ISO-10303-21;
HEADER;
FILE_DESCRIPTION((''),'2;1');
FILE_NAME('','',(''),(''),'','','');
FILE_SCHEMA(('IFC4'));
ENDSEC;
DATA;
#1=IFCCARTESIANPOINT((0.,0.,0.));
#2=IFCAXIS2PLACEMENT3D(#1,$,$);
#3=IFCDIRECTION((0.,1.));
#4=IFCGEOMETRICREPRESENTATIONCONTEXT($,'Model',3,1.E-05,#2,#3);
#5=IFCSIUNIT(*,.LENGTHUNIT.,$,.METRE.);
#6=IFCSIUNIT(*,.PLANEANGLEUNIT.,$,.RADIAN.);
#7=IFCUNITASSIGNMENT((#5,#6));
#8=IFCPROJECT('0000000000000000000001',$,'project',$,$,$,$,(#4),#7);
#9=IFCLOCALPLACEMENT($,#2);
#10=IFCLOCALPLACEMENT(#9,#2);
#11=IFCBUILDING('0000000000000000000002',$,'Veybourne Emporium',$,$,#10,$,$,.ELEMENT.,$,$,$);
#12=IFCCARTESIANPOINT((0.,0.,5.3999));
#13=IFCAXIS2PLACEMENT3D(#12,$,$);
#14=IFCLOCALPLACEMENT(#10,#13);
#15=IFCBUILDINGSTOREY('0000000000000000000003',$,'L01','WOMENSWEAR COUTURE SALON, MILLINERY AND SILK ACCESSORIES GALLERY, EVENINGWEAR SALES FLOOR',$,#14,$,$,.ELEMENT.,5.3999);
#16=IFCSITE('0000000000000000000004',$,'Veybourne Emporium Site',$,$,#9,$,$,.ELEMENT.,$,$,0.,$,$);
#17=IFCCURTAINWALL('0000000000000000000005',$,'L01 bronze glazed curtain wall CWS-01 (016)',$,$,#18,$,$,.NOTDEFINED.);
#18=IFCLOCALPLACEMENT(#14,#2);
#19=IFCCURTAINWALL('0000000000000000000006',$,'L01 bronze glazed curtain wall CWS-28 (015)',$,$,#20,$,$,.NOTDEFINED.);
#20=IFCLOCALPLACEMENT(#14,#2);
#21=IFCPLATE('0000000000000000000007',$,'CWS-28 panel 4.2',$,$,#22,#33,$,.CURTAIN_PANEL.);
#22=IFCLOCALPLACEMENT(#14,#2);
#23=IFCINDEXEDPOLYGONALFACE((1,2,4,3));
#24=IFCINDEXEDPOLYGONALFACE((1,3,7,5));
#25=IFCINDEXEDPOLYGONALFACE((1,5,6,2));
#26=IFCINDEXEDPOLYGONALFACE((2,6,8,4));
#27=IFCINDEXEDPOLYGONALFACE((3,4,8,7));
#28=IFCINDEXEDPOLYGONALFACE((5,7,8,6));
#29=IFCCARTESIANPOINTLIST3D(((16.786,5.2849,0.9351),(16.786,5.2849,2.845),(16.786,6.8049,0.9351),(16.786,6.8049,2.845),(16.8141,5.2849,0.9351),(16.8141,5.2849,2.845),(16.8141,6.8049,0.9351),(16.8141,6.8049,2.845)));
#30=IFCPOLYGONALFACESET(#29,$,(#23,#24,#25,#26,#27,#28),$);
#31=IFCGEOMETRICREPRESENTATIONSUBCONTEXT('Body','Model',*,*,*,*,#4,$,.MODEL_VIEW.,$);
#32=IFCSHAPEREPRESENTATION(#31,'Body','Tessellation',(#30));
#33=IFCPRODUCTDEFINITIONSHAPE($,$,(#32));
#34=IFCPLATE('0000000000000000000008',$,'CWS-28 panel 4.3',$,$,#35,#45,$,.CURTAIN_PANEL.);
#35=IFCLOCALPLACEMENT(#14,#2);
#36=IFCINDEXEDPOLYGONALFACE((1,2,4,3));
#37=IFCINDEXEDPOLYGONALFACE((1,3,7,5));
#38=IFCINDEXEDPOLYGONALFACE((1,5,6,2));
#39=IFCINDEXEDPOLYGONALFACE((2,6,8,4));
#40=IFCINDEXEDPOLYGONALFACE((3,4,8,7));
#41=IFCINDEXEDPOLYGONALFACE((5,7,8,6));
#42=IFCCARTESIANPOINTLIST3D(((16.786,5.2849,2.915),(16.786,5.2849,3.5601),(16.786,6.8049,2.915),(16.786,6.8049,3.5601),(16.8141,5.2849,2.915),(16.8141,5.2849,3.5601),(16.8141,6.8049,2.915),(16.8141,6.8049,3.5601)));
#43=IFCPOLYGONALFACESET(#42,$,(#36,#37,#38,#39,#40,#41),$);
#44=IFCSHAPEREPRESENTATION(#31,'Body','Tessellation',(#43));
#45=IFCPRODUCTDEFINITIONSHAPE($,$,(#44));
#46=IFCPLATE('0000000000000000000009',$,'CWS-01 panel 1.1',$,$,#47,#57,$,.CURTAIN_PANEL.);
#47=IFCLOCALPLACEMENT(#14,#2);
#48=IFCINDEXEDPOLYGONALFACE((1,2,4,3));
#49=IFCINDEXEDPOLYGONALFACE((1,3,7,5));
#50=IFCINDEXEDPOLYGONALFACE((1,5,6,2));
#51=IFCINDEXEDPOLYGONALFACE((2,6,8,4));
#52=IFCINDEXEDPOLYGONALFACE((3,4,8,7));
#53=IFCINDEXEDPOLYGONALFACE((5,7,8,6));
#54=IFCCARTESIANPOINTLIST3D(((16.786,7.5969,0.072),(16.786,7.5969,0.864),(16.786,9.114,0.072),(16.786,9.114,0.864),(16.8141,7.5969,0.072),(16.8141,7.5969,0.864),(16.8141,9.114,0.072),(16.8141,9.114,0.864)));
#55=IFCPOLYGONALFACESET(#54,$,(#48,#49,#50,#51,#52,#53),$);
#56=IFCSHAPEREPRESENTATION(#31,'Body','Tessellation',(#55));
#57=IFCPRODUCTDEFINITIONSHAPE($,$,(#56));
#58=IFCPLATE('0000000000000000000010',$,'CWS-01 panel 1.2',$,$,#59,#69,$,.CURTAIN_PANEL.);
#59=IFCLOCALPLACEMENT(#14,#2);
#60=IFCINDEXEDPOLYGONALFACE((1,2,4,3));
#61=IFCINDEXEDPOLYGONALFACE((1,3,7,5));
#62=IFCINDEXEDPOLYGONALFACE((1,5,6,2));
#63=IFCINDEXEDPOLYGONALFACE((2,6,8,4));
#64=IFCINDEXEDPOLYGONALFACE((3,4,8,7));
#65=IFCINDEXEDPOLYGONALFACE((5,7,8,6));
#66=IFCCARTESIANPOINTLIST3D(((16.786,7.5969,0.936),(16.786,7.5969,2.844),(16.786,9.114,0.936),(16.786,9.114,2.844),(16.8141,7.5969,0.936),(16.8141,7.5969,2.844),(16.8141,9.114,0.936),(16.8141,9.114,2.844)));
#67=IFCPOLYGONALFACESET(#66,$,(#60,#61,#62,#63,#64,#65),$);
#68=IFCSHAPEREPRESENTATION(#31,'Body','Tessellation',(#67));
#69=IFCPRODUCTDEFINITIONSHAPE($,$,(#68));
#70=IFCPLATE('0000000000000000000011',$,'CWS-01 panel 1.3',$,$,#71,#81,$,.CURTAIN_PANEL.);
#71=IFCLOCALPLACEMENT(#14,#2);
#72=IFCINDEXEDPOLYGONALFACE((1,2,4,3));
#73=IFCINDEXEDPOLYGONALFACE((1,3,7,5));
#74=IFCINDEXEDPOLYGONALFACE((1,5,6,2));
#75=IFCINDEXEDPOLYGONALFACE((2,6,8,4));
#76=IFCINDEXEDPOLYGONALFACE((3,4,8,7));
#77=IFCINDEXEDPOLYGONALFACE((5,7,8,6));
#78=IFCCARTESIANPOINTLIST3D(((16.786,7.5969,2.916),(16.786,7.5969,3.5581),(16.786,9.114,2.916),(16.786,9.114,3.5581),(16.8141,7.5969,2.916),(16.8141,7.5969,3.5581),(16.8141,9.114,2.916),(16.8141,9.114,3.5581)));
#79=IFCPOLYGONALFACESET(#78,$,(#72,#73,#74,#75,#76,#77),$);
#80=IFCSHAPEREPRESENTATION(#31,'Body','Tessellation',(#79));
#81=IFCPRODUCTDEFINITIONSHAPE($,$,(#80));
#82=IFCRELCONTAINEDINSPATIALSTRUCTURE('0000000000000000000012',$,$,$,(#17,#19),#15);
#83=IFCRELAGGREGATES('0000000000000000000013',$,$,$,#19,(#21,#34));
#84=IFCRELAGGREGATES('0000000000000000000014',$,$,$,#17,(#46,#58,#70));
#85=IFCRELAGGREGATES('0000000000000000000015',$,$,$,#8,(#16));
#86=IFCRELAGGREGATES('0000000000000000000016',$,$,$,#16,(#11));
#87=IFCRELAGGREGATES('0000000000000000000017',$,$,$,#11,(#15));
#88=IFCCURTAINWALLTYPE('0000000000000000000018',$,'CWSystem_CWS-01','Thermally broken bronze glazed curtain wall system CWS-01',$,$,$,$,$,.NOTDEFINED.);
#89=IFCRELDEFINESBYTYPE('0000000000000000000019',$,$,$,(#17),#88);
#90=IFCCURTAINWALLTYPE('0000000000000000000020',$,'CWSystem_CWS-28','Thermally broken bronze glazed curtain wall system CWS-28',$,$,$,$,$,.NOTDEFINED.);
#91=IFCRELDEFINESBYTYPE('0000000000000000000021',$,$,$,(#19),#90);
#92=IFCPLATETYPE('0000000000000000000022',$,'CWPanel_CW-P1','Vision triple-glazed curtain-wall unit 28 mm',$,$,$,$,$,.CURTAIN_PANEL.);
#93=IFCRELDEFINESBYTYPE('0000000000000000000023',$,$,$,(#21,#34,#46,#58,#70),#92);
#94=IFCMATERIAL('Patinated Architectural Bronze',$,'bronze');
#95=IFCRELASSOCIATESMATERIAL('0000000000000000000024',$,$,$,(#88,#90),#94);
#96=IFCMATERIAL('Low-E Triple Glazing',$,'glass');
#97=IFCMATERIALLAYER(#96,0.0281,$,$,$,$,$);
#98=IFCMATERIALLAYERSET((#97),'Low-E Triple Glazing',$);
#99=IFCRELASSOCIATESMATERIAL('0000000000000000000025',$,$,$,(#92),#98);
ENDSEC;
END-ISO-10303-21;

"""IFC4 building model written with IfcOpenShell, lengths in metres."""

from ifc_helpers import new_model, si_unit, direction, frame, origin, origin_2d, place, context, subcontext, project, spatial, rectangle, extrude, material, layer, layer_set, type_object, element, aggregate, save


model = new_model("IFC4")

# Units and contexts
model_context = context("Model", 3, precision=1e-05, world=origin(), true_north=direction((0.0, 1.0)))
body_context = subcontext(model_context, "Body", "Model", "MODEL_VIEW")
ifc_project = project(units=[si_unit("LENGTHUNIT", "METRE"), si_unit("PLANEANGLEUNIT", "RADIAN")], contexts=[model_context])

# Site, building, storey
site_placement = place(None, origin())
site = spatial("IfcSite", under=ifc_project, at=site_placement, Name="Veybourne Emporium Site", CompositionType="ELEMENT", RefElevation=0.0)
building_placement = place(site_placement, origin())
building = spatial("IfcBuilding", under=site, at=building_placement, Name="Veybourne Emporium", CompositionType="ELEMENT")
storey_placement = place(building_placement, frame((0.0, 0.0, 5.3999)))
storey = spatial("IfcBuildingStorey", under=building, at=storey_placement, Name="L01", Description="WOMENSWEAR COUTURE SALON, MILLINERY AND SILK ACCESSORIES GALLERY, EVENINGWEAR SALES FLOOR", CompositionType="ELEMENT", Elevation=5.3999)

# Curtain wall
ifc_material_1 = material(Name="Patinated Architectural Bronze", Category="bronze")
curtain_wall_type_1 = type_object("IfcCurtainWallType", Name="CWSystem_CWS-01", Description="Thermally broken bronze glazed curtain wall system CWS-01", PredefinedType="NOTDEFINED", material=ifc_material_1)
curtain_wall_1_placement = place(storey_placement, origin())
curtain_wall_1 = element("IfcCurtainWall", 1, at=curtain_wall_1_placement, inside=storey, type_object=curtain_wall_type_1, Name="L01 bronze glazed curtain wall CWS-01 (016)", PredefinedType="NOTDEFINED")

# Curtain wall
curtain_wall_type_2 = type_object("IfcCurtainWallType", Name="CWSystem_CWS-28", Description="Thermally broken bronze glazed curtain wall system CWS-28", PredefinedType="NOTDEFINED", material=ifc_material_1)
curtain_wall_2_placement = place(storey_placement, origin())
curtain_wall_2 = element("IfcCurtainWall", 2, at=curtain_wall_2_placement, inside=storey, type_object=curtain_wall_type_2, Name="L01 bronze glazed curtain wall CWS-28 (015)", PredefinedType="NOTDEFINED")

# Plates
ifc_material_2 = material(Name="Low-E Triple Glazing", Category="glass")
ifc_layer = layer(ifc_material_2, 0.0281)
ifc_layer_set = layer_set([ifc_layer], Name="Low-E Triple Glazing")
plate_type = type_object("IfcPlateType", Name="CWPanel_CW-P1", Description="Vision triple-glazed curtain-wall unit 28 mm", PredefinedType="CURTAIN_PANEL", material=ifc_layer_set)
plate_1_placement = place(storey_placement, frame((16.8, 6.0449, 0.9351), z_axis=(0.0, 0.0, 1.0), x_axis=(0.0, 1.0, 0.0)))
plate_1 = element("IfcPlate", 3, at=plate_1_placement, type_object=plate_type, Name="CWS-28 panel 4.2", PredefinedType="CURTAIN_PANEL", context=body_context, shape_type="SweptSolid", body=[
    extrude(rectangle(XDim=1.52, YDim=0.0281, at=origin_2d()), origin(), (0.0, 0.0, 1.0), 1.9099),
])
plate_2_placement = place(storey_placement, frame((16.8, 6.0449, 2.915), z_axis=(0.0, 0.0, 1.0), x_axis=(0.0, 1.0, 0.0)))
plate_2 = element("IfcPlate", 4, at=plate_2_placement, type_object=plate_type, Name="CWS-28 panel 4.3", PredefinedType="CURTAIN_PANEL", context=body_context, shape_type="SweptSolid", body=[
    extrude(rectangle(XDim=1.52, YDim=0.0281, at=origin_2d()), origin(), (0.0, 0.0, 1.0), 0.645),
])
aggregate(curtain_wall_2, [plate_1, plate_2])
plate_3_placement = place(storey_placement, frame((16.8, 8.3555, 0.072), z_axis=(0.0, 0.0, 1.0), x_axis=(0.0, 1.0, 0.0)))
plate_3 = element("IfcPlate", 5, at=plate_3_placement, type_object=plate_type, Name="CWS-01 panel 1.1", PredefinedType="CURTAIN_PANEL", context=body_context, shape_type="SweptSolid", body=[
    extrude(rectangle(XDim=1.5171, YDim=0.0281, at=origin_2d()), origin(), (0.0, 0.0, 1.0), 0.792),
])
plate_4_placement = place(storey_placement, frame((16.8, 8.3555, 0.936), z_axis=(0.0, 0.0, 1.0), x_axis=(0.0, 1.0, 0.0)))
plate_4 = element("IfcPlate", 6, at=plate_4_placement, type_object=plate_type, Name="CWS-01 panel 1.2", PredefinedType="CURTAIN_PANEL", context=body_context, shape_type="SweptSolid", body=[
    extrude(rectangle(XDim=1.5171, YDim=0.0281, at=origin_2d()), origin(), (0.0, 0.0, 1.0), 1.908),
])
plate_5_placement = place(storey_placement, frame((16.8, 8.3555, 2.916), z_axis=(0.0, 0.0, 1.0), x_axis=(0.0, 1.0, 0.0)))
plate_5 = element("IfcPlate", 7, at=plate_5_placement, type_object=plate_type, Name="CWS-01 panel 1.3", PredefinedType="CURTAIN_PANEL", context=body_context, shape_type="SweptSolid", body=[
    extrude(rectangle(XDim=1.5171, YDim=0.0281, at=origin_2d()), origin(), (0.0, 0.0, 1.0), 0.6421),
])
aggregate(curtain_wall_1, [plate_3, plate_4, plate_5])

save(model, "model.ifc")
